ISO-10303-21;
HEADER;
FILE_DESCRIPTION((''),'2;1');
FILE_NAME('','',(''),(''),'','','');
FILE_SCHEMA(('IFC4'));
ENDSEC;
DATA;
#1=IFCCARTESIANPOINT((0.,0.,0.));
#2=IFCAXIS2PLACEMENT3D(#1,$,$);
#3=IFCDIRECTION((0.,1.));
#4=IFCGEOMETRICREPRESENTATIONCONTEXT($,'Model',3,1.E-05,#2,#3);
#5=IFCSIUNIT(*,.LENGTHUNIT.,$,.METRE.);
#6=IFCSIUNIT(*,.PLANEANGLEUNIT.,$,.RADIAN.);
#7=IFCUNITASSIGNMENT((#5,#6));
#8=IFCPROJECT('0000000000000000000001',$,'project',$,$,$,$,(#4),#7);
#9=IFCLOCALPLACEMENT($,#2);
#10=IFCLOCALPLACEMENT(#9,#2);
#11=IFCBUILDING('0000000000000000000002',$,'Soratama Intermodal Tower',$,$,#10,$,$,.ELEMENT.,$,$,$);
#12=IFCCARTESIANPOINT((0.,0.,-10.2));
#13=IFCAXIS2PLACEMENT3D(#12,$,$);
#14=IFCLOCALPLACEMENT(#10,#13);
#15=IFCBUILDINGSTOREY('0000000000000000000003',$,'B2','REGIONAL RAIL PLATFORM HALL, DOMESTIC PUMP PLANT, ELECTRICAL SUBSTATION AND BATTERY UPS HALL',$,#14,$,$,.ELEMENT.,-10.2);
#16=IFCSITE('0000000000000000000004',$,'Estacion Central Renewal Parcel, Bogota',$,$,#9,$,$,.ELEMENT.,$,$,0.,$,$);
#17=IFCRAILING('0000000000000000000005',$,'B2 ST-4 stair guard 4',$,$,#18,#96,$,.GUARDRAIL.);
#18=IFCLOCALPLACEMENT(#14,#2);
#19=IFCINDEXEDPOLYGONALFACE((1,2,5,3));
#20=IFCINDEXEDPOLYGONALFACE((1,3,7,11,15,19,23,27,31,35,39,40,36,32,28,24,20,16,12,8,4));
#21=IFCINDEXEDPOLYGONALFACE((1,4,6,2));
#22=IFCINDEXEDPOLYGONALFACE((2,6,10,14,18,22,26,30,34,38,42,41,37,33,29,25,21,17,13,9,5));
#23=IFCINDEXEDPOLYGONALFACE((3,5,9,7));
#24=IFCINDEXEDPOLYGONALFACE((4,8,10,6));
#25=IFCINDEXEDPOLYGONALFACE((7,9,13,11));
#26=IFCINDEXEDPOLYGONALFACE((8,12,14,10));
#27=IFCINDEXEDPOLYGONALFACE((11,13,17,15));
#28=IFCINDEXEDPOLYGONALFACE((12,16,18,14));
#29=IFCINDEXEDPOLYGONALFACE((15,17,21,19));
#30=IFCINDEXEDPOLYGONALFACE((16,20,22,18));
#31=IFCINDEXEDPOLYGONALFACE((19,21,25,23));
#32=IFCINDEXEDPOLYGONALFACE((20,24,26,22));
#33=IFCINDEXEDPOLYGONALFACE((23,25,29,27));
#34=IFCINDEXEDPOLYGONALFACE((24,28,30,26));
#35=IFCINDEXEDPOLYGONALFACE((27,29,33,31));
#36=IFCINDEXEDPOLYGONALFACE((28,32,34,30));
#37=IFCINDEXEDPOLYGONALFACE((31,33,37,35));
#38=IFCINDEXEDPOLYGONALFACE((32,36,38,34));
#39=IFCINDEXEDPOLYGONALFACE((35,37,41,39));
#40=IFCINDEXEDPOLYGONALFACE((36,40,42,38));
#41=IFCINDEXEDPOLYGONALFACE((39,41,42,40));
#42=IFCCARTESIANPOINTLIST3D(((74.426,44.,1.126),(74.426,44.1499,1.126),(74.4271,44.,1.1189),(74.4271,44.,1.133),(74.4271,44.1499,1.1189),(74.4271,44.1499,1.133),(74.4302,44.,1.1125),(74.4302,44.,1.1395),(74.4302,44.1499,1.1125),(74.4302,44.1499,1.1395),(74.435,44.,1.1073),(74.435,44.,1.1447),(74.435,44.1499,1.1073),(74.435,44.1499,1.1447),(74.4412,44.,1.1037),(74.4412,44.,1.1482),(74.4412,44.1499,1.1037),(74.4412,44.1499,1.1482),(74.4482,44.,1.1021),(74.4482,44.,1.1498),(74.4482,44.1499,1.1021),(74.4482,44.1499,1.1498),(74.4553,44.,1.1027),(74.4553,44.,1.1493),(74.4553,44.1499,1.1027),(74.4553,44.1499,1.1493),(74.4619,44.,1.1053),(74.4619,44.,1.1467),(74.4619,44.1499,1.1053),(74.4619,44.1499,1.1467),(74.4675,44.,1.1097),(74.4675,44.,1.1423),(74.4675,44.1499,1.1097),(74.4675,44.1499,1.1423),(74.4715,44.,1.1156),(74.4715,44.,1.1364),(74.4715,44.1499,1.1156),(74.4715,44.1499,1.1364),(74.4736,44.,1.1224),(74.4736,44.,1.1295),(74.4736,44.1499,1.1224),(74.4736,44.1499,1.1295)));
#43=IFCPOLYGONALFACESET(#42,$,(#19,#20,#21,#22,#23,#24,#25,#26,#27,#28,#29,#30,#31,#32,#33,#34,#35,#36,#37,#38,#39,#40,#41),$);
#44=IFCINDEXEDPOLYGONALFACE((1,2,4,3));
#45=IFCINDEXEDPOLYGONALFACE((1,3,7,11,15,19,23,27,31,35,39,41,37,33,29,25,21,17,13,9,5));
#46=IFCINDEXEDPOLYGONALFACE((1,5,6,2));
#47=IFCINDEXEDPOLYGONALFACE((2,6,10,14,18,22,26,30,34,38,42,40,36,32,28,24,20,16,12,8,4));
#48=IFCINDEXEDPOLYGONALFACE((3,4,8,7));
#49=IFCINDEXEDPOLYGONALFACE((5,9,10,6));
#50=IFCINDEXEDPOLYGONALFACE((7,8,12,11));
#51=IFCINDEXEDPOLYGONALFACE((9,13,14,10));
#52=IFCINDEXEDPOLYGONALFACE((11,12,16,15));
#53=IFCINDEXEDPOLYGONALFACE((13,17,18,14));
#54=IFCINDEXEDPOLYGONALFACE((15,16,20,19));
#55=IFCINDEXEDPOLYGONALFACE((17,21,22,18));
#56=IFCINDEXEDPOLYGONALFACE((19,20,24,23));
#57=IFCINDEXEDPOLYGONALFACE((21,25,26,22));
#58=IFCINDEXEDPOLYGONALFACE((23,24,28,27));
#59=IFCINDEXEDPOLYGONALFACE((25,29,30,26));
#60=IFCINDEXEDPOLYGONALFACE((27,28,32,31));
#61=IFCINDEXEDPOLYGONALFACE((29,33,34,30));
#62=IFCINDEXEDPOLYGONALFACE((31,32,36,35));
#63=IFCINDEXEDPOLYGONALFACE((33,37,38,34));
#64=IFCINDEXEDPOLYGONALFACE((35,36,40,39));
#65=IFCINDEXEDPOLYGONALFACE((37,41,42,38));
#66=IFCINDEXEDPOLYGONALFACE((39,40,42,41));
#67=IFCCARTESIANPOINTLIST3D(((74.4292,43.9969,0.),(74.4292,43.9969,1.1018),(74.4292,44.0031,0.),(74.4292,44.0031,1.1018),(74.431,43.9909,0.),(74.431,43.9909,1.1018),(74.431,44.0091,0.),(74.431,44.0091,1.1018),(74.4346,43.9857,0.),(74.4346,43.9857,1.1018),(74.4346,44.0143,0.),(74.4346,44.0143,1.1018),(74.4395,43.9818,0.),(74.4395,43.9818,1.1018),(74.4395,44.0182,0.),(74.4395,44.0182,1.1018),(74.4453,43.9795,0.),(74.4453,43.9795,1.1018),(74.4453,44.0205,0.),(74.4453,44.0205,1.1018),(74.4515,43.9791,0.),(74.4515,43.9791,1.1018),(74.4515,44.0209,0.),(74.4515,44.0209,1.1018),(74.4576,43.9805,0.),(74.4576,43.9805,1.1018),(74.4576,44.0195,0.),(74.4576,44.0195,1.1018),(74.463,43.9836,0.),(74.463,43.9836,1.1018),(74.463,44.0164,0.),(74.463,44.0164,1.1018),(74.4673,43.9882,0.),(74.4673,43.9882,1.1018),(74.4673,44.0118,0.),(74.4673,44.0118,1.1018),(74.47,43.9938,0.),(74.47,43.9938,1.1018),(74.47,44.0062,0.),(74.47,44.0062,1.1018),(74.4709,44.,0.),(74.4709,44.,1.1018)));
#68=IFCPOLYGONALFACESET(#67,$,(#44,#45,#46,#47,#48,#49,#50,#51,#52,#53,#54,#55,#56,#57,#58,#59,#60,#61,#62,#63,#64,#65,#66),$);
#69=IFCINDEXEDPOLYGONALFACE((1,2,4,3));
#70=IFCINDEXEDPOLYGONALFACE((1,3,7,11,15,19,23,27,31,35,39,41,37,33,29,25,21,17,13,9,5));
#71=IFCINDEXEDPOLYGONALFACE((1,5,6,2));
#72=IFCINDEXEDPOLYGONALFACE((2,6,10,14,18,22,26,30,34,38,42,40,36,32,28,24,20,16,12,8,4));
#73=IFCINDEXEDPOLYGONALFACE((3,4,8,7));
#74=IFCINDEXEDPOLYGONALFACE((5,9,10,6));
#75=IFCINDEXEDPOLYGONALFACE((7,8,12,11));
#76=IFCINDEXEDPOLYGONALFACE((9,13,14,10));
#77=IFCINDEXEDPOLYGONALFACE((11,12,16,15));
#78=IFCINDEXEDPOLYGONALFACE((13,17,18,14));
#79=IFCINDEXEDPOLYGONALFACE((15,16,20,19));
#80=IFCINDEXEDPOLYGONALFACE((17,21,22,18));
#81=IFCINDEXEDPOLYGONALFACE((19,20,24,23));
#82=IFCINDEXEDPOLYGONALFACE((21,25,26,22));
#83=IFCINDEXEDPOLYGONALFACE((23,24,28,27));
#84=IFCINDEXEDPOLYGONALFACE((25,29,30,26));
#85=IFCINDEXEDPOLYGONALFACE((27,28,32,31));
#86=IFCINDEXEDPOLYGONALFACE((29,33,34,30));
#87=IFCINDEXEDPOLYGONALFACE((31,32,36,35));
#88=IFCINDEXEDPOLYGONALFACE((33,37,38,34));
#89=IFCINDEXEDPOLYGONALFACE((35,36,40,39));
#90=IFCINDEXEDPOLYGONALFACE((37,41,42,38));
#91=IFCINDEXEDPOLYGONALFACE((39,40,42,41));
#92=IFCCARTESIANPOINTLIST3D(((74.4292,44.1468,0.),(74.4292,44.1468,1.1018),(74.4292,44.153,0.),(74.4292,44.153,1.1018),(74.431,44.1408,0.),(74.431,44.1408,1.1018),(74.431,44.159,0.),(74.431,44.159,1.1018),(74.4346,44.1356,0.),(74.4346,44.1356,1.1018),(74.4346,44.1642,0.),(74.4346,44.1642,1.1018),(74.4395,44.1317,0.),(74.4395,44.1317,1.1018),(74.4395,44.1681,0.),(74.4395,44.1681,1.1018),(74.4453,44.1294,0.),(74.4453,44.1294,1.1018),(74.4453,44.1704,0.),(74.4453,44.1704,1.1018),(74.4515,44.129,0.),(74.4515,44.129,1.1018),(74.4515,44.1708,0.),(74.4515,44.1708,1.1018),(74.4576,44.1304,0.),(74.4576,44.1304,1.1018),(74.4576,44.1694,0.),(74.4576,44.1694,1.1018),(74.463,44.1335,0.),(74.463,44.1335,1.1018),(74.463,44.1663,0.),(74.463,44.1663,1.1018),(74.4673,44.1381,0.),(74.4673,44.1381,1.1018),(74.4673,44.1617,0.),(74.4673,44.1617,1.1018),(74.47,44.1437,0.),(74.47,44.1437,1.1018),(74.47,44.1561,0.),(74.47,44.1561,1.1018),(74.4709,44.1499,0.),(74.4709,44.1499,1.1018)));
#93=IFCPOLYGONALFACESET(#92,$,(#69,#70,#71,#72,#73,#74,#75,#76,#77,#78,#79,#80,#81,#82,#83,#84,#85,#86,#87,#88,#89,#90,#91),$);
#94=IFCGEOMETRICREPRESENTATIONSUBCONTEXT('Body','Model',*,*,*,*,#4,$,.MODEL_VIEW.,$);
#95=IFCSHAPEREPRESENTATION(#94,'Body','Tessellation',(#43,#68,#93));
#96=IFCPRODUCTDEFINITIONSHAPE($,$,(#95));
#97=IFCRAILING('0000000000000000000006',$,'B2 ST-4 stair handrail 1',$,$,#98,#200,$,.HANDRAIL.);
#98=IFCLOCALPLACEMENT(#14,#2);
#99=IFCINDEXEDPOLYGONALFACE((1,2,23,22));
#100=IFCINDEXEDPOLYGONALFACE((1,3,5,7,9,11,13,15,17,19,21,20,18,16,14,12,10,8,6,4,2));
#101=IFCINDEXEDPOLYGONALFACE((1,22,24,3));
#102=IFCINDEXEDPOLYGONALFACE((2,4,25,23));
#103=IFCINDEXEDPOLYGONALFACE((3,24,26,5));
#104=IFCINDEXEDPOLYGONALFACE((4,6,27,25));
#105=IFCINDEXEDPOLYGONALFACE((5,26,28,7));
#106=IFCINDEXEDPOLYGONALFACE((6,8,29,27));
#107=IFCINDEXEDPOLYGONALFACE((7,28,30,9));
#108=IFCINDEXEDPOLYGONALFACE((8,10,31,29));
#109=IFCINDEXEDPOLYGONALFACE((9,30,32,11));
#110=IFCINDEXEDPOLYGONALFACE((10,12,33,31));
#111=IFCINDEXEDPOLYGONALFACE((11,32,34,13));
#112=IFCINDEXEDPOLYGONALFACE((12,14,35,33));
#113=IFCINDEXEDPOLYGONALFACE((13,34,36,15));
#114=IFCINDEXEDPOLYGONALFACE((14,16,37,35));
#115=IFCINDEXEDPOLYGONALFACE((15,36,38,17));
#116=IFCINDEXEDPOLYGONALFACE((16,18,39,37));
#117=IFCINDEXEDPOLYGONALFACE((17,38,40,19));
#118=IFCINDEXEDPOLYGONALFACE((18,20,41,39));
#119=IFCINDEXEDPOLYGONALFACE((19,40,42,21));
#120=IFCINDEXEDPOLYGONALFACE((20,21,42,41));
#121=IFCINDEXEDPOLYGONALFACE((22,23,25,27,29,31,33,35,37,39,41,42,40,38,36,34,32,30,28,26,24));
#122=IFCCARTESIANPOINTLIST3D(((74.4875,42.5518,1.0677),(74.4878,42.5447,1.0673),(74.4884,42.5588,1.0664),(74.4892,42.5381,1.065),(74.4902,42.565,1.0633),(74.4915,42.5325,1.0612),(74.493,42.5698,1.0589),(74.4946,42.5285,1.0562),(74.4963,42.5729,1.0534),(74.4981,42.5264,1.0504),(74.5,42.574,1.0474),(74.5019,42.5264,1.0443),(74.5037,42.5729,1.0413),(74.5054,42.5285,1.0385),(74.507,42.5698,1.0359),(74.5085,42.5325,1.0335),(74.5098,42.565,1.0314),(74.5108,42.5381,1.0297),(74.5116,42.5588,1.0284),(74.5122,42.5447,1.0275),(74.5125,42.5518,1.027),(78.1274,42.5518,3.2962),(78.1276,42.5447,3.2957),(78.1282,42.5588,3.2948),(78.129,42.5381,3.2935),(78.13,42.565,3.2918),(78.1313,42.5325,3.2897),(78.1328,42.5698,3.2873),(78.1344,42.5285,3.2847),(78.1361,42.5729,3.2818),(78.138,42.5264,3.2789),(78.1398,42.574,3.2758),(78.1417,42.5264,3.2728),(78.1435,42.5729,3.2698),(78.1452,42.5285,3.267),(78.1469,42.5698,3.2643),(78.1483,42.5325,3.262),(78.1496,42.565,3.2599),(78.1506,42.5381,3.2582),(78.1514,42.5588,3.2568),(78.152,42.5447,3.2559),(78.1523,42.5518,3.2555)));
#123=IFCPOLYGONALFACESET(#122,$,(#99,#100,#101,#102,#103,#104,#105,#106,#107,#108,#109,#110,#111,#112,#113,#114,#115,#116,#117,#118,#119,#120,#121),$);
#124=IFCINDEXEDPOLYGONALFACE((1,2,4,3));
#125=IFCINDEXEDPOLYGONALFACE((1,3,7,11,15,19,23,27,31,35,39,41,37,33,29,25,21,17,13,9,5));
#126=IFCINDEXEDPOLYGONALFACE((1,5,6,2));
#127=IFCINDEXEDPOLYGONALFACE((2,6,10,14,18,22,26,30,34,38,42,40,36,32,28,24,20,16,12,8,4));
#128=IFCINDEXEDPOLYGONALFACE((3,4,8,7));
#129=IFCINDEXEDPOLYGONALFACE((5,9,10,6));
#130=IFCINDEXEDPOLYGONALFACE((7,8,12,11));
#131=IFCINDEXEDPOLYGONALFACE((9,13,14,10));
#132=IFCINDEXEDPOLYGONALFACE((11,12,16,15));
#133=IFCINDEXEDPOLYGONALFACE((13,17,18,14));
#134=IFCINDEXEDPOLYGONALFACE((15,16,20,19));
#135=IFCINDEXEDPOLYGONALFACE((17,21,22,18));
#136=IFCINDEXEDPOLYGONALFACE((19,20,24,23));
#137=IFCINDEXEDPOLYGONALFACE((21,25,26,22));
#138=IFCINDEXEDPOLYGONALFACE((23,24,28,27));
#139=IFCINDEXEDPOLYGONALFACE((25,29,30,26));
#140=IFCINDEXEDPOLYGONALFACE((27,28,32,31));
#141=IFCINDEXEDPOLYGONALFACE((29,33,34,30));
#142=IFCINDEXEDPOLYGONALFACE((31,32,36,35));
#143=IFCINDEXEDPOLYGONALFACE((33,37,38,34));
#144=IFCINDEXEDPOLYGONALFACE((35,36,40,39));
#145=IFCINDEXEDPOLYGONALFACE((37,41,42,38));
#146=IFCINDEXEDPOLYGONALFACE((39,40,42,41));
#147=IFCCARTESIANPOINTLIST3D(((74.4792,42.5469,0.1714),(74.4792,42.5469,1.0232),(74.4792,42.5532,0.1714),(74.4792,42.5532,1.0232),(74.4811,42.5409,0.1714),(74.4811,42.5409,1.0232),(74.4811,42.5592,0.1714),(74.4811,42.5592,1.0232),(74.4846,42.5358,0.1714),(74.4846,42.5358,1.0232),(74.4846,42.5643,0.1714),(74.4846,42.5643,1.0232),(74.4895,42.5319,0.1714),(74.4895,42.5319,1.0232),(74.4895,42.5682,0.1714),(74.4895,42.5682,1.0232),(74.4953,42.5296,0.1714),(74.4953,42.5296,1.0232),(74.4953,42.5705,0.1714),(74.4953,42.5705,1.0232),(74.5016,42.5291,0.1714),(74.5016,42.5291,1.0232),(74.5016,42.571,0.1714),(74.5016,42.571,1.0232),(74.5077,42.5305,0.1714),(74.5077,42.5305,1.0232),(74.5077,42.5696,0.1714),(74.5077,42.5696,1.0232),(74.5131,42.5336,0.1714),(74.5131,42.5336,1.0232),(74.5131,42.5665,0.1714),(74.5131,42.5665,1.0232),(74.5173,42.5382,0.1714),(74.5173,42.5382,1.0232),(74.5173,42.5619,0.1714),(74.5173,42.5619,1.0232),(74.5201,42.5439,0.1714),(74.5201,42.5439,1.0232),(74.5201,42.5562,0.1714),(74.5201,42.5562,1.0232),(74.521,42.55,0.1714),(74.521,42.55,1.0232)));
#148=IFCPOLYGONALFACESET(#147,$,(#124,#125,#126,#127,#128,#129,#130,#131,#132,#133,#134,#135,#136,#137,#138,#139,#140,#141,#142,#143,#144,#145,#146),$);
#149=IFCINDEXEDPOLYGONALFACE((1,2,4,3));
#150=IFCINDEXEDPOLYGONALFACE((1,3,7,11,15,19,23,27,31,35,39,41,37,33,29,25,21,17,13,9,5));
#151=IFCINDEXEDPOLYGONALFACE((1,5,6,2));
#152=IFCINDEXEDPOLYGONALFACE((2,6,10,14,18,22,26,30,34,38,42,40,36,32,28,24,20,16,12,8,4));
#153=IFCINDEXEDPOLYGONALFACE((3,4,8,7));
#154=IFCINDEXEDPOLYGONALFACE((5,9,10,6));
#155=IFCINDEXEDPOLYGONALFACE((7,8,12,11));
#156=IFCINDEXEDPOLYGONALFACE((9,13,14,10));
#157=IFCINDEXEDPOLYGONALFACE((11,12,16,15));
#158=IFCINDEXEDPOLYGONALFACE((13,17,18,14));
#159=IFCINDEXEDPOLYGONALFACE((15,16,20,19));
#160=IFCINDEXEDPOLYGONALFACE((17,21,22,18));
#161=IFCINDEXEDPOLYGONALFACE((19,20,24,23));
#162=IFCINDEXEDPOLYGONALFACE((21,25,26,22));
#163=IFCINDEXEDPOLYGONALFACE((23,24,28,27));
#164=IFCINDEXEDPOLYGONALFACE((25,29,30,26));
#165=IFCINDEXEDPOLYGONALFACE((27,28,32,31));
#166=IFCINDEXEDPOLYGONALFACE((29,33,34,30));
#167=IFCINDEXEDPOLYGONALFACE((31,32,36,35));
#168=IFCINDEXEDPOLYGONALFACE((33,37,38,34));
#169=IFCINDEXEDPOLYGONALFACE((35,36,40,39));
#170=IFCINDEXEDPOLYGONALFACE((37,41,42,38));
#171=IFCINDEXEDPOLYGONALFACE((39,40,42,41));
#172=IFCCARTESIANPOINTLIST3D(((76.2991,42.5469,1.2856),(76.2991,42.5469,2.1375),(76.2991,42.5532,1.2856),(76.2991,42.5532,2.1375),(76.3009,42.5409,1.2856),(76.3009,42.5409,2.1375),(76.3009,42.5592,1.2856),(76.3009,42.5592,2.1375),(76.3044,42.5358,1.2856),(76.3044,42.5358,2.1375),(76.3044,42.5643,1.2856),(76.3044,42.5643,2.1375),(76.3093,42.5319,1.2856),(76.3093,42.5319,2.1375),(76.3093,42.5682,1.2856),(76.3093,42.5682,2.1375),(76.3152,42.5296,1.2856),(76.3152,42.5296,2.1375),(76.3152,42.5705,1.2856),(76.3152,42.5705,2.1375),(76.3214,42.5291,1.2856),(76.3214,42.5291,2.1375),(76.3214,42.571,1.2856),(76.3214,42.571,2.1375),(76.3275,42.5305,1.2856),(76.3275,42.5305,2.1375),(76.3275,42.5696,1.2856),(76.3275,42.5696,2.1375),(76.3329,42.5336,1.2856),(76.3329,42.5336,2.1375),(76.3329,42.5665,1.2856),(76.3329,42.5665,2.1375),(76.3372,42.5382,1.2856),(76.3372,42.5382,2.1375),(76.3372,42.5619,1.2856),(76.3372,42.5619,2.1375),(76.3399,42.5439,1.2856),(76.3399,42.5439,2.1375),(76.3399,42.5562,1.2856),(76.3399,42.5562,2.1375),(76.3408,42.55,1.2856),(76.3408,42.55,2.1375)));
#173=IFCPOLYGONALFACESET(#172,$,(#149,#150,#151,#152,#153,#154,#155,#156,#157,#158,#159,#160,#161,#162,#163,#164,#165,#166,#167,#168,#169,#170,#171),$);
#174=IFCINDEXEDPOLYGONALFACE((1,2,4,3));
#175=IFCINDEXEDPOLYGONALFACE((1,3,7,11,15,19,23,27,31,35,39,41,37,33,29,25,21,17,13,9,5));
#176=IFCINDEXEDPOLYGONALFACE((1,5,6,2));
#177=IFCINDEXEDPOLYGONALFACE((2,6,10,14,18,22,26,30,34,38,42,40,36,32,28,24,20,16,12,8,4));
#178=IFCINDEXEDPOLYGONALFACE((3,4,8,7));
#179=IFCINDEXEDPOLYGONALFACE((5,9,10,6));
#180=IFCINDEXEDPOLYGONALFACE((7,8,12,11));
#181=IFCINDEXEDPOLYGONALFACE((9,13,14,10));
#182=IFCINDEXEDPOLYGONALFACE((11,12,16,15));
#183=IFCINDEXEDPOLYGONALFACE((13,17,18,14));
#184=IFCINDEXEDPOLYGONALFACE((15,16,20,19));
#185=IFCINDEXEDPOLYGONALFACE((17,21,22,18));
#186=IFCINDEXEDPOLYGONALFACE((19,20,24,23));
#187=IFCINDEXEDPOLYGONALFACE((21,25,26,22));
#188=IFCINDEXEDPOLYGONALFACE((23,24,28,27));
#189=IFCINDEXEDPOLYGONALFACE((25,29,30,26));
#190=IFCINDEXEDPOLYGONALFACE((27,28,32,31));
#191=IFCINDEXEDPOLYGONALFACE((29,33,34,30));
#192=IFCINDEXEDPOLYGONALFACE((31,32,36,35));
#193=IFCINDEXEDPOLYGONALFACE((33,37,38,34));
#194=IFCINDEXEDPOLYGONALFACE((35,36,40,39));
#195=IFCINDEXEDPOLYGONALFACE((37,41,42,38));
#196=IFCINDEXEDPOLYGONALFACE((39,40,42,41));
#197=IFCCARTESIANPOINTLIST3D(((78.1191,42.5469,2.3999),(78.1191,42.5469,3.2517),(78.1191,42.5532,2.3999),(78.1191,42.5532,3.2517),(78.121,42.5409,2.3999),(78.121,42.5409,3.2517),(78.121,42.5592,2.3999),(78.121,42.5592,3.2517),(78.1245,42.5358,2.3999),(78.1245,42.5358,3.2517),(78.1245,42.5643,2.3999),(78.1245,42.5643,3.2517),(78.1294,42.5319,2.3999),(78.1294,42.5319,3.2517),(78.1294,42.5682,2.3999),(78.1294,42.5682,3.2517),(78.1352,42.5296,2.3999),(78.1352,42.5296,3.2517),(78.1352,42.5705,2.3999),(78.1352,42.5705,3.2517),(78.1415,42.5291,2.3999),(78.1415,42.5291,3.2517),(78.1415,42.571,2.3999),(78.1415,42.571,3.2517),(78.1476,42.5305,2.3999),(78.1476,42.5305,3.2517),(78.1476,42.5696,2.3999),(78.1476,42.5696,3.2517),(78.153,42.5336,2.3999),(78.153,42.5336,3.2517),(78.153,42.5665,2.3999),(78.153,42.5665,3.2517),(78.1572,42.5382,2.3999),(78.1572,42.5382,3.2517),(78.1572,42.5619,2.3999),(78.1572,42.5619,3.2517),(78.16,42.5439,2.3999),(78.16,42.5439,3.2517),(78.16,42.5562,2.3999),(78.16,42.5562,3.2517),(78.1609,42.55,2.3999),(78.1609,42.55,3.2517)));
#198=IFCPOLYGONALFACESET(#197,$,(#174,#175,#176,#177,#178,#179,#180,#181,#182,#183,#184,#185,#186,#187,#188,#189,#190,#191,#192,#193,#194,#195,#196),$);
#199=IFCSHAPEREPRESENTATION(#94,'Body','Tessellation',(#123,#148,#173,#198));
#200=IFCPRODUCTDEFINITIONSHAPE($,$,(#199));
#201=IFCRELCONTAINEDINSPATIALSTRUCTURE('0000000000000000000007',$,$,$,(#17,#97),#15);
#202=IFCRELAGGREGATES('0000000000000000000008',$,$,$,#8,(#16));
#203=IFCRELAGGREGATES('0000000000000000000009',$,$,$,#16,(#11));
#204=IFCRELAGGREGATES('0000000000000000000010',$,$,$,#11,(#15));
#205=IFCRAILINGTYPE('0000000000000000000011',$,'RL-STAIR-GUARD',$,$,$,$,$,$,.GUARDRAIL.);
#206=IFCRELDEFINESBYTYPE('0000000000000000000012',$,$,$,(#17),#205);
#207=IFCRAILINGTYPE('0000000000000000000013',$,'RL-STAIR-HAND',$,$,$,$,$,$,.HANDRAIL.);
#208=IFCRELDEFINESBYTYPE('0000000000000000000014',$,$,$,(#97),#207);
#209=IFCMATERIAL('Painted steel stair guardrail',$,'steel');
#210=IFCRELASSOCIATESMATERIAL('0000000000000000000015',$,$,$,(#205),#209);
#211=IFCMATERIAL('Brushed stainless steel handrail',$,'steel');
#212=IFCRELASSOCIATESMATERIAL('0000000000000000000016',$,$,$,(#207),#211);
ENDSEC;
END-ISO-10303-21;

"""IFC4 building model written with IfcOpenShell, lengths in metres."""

from ifc_helpers import new_model, si_unit, direction, frame, origin, origin_2d, place, context, subcontext, project, spatial, circle, extrude, material, type_object, element, save


model = new_model("IFC4")

# Units and contexts
model_context = context("Model", 3, precision=1e-05, world=origin(), true_north=direction((0.0, 1.0)))
body_context = subcontext(model_context, "Body", "Model", "MODEL_VIEW")
ifc_project = project(units=[si_unit("LENGTHUNIT", "METRE"), si_unit("PLANEANGLEUNIT", "RADIAN")], contexts=[model_context])

# Site, building, storey
site_placement = place(None, origin())
site = spatial("IfcSite", under=ifc_project, at=site_placement, Name="Estacion Central Renewal Parcel, Bogota", CompositionType="ELEMENT", RefElevation=0.0)
building_placement = place(site_placement, origin())
building = spatial("IfcBuilding", under=site, at=building_placement, Name="Soratama Intermodal Tower", CompositionType="ELEMENT")
storey_placement = place(building_placement, frame((0.0, 0.0, -10.2)))
storey = spatial("IfcBuildingStorey", under=building, at=storey_placement, Name="B2", Description="REGIONAL RAIL PLATFORM HALL, DOMESTIC PUMP PLANT, ELECTRICAL SUBSTATION AND BATTERY UPS HALL", CompositionType="ELEMENT", Elevation=-10.2)

# Railings
ifc_material_1 = material(Name="Painted steel stair guardrail", Category="steel")
railing_type_1 = type_object("IfcRailingType", Name="RL-STAIR-GUARD", PredefinedType="GUARDRAIL", material=ifc_material_1)
railing_1_placement = place(storey_placement, frame((74.45, 44.0, 0.0)))
element("IfcRailing", 1, at=railing_1_placement, inside=storey, type_object=railing_type_1, Name="B2 ST-4 stair guard 4", PredefinedType="GUARDRAIL", context=body_context, shape_type="SweptSolid", body=[
    extrude(circle(Radius=0.0239, at=origin_2d()), frame((0.0, 0.0, 1.126), z_axis=(0.0, 1.0, 0.0), x_axis=(-1.0, 0.0, 0.0)), (0.0, 0.0, 1.0), 0.1499),
    extrude(circle(Radius=0.021, at=origin_2d()), origin(), (0.0, 0.0, 1.0), 1.1018),
    extrude(circle(Radius=0.021, at=origin_2d()), frame((0.0, 0.1499, 0.0)), (0.0, 0.0, 1.0), 1.1018),
])
ifc_material_2 = material(Name="Brushed stainless steel handrail", Category="steel")
railing_type_2 = type_object("IfcRailingType", Name="RL-STAIR-HAND", PredefinedType="HANDRAIL", material=ifc_material_2)
railing_2_placement = place(storey_placement, frame((74.5, 42.55, 0.1714)))
element("IfcRailing", 2, at=railing_2_placement, inside=storey, type_object=railing_type_2, Name="B2 ST-4 stair handrail 1", PredefinedType="HANDRAIL", context=body_context, shape_type="SweptSolid", body=[
    extrude(circle(Radius=0.0239, at=origin_2d()), frame((0.0, 0.0, 0.876), z_axis=(0.85285, 0.0, 0.522156), x_axis=(0.0, 1.0, 0.0)), (0.0, 0.0, 1.0), 4.2678),
    extrude(circle(Radius=0.021, at=origin_2d()), origin(), (0.0, 0.0, 1.0), 0.8518),
    extrude(circle(Radius=0.021, at=origin_2d()), frame((1.8198, 0.0, 1.1143)), (0.0, 0.0, 1.0), 0.8518),
    extrude(circle(Radius=0.021, at=origin_2d()), frame((3.6399, 0.0, 2.2285)), (0.0, 0.0, 1.0), 0.8518),
])

save(model, "model.ifc")
